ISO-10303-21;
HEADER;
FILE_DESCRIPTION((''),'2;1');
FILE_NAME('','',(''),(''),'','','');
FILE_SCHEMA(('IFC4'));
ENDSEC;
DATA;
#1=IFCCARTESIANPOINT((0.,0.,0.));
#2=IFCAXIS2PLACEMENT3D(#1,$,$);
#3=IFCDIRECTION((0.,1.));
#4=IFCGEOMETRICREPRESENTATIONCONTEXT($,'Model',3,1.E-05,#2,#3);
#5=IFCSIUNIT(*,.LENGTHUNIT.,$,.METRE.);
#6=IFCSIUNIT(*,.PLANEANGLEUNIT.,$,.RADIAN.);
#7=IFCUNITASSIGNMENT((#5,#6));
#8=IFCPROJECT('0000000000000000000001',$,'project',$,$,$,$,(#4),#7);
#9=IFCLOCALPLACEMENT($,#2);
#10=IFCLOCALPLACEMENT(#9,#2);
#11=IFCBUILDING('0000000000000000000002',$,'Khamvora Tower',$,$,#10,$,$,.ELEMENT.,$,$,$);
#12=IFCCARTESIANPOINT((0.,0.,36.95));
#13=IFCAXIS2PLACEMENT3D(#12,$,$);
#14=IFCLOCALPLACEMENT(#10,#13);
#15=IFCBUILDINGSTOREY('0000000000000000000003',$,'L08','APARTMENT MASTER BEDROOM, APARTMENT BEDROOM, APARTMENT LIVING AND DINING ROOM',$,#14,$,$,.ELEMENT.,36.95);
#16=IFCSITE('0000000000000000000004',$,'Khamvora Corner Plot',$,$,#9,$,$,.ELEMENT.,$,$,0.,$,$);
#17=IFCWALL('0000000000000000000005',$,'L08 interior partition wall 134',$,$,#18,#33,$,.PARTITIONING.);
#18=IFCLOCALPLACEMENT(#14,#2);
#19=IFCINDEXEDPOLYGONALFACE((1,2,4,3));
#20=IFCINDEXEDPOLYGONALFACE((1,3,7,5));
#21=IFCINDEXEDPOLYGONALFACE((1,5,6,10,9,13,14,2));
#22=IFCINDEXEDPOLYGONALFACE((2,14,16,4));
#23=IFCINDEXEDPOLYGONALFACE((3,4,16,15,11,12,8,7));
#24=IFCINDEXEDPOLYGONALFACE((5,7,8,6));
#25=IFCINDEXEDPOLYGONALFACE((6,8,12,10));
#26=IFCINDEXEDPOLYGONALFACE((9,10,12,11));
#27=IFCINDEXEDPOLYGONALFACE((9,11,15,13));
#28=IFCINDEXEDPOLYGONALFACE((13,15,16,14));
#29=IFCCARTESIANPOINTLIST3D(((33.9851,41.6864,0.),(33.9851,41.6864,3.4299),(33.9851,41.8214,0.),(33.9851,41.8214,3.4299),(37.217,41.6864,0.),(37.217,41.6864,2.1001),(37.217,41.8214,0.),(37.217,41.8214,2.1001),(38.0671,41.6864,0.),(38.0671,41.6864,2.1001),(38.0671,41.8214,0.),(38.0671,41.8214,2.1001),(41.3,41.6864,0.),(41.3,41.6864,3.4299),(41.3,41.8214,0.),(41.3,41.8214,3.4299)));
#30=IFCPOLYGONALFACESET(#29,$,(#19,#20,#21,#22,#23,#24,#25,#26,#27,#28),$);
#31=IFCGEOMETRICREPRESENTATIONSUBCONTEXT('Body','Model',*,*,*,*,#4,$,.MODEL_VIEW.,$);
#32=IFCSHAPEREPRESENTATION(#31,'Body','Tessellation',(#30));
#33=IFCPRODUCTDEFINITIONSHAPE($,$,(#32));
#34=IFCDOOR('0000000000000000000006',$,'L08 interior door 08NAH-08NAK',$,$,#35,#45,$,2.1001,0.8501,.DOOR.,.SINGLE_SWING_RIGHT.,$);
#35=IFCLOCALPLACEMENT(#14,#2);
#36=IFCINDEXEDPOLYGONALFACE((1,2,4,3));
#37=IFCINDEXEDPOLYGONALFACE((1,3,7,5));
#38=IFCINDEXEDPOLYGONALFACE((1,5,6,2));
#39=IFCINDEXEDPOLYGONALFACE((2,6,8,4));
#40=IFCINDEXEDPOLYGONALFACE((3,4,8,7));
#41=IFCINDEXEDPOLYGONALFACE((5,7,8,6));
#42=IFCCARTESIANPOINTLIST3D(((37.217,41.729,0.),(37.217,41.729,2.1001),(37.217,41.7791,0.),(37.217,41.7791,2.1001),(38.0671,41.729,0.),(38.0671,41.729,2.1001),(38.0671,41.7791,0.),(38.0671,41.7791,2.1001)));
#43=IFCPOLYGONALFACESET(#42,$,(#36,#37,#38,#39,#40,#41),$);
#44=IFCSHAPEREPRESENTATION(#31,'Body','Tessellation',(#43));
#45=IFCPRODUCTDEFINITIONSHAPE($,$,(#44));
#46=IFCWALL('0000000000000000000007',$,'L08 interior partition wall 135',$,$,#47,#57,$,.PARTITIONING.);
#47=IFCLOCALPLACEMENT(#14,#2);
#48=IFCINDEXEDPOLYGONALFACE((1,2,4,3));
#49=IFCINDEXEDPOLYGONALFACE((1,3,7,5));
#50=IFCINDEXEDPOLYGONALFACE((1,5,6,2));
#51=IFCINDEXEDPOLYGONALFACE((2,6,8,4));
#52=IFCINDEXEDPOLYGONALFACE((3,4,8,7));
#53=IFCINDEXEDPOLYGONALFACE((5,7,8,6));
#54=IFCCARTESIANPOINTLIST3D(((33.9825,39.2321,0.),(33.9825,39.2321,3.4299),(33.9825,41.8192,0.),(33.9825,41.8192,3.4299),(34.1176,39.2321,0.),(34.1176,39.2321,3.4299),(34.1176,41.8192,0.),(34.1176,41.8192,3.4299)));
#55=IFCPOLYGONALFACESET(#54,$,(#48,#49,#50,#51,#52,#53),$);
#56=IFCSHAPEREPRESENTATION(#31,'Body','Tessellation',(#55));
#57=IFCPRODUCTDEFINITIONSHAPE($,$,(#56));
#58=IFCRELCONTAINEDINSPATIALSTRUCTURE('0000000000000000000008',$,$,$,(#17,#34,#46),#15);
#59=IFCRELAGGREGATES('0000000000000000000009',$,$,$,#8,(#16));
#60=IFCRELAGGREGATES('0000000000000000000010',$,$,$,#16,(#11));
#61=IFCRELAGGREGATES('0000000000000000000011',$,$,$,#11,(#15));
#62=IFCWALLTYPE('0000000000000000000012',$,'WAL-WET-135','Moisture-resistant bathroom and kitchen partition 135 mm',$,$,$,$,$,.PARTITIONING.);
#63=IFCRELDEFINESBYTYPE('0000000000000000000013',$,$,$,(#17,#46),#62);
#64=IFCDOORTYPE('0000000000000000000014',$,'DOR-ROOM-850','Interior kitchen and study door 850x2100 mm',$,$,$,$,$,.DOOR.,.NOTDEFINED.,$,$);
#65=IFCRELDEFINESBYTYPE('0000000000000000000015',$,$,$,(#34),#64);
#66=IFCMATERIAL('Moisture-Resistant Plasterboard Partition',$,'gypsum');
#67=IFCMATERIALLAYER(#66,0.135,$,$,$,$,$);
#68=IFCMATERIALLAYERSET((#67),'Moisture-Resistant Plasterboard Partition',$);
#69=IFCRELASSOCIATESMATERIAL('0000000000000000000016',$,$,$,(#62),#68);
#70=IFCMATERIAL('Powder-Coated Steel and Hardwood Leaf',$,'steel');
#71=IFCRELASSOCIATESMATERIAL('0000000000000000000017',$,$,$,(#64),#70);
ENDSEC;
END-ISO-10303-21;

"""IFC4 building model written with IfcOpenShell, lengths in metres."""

from ifc_helpers import new_model, si_unit, direction, frame, frame_2d, origin, place, context, subcontext, project, spatial, rectangle, extrude, material, layer, layer_set, type_object, element, fill, save


model = new_model("IFC4")

# Units and contexts
model_context = context("Model", 3, precision=1e-05, world=origin(), true_north=direction((0.0, 1.0)))
body_context = subcontext(model_context, "Body", "Model", "MODEL_VIEW")
ifc_project = project(units=[si_unit("LENGTHUNIT", "METRE"), si_unit("PLANEANGLEUNIT", "RADIAN")], contexts=[model_context])

# Site, building, storey
site_placement = place(None, origin())
site = spatial("IfcSite", under=ifc_project, at=site_placement, Name="Khamvora Corner Plot", CompositionType="ELEMENT", RefElevation=0.0)
building_placement = place(site_placement, origin())
building = spatial("IfcBuilding", under=site, at=building_placement, Name="Khamvora Tower", CompositionType="ELEMENT")
storey_placement = place(building_placement, frame((0.0, 0.0, 36.95)))
storey = spatial("IfcBuildingStorey", under=building, at=storey_placement, Name="L08", Description="APARTMENT MASTER BEDROOM, APARTMENT BEDROOM, APARTMENT LIVING AND DINING ROOM", CompositionType="ELEMENT", Elevation=36.95)

# Shared definitions
ifc_material_1 = material(Name="Powder-Coated Steel and Hardwood Leaf", Category="steel")

# Shared definitions
ifc_material_2 = material(Name="Moisture-Resistant Plasterboard Partition", Category="gypsum")
ifc_layer_1 = layer(ifc_material_2, 0.135)
ifc_layer_set_1 = layer_set([ifc_layer_1], Name="Moisture-Resistant Plasterboard Partition")
wall_type_1 = type_object("IfcWallType", Name="WAL-WET-135", Description="Moisture-resistant bathroom and kitchen partition 135 mm", PredefinedType="PARTITIONING", material=ifc_layer_set_1)

# Wall, opening, door
wall_1_placement = place(storey_placement, frame((41.3, 41.7539, 0.0), z_axis=(0.0, 0.0, 1.0), x_axis=(-1.0, 0.0, 0.0)))
wall_1 = element("IfcWall", 1, at=wall_1_placement, inside=storey, type_object=wall_type_1, Name="L08 interior partition wall 134", PredefinedType="PARTITIONING", context=body_context, shape_type="SweptSolid", body=[
    extrude(rectangle(XDim=7.3149, YDim=0.135, at=frame_2d((3.6575, 0.0))), origin(), (0.0, 0.0, 1.0), 3.4299),
])
opening_1_placement = place(wall_1_placement, frame((3.2329, 0.0, 0.0)))
opening_1 = element("IfcOpeningElement", 2, at=opening_1_placement, cuts=wall_1, PredefinedType="OPENING", context=body_context, shape_type="SweptSolid", body=[
    extrude(rectangle(XDim=0.8501, YDim=2.1001, at=frame_2d((0.425, 1.05))), frame((0.0, 0.0774, 0.0), z_axis=(0.0, -1.0, 0.0), x_axis=(1.0, 0.0, 0.0)), (0.0, 0.0, 1.0), 0.155),
])
door_type_1 = type_object("IfcDoorType", Name="DOR-ROOM-850", Description="Interior kitchen and study door 850x2100 mm", OperationType="NOTDEFINED", PredefinedType="DOOR", material=ifc_material_1)
door_1_placement = place(opening_1_placement, origin())
door_1 = element("IfcDoor", 3, at=door_1_placement, inside=storey, type_object=door_type_1, Name="L08 interior door 08NAH-08NAK", OperationType="SINGLE_SWING_RIGHT", OverallHeight=2.1001, OverallWidth=0.8501, PredefinedType="DOOR", context=body_context, shape_type="SweptSolid", body=[
    extrude(rectangle(XDim=0.8501, YDim=2.1001, at=frame_2d((0.425, 1.05))), frame((0.0, 0.0249, 0.0), z_axis=(0.0, -1.0, 0.0), x_axis=(1.0, 0.0, 0.0)), (0.0, 0.0, 1.0), 0.05),
])
fill(opening_1, door_1)

# Wall
wall_2_placement = place(storey_placement, frame((34.05, 41.8191, 0.0), z_axis=(0.0, 0.0, 1.0), x_axis=(0.0, -1.0, 0.0)))
element("IfcWall", 4, at=wall_2_placement, inside=storey, type_object=wall_type_1, Name="L08 interior partition wall 135", PredefinedType="PARTITIONING", context=body_context, shape_type="SweptSolid", body=[
    extrude(rectangle(XDim=2.5872, YDim=0.135, at=frame_2d((1.2935, 0.0))), origin(), (0.0, 0.0, 1.0), 3.4299),
])

save(model, "model.ifc")
